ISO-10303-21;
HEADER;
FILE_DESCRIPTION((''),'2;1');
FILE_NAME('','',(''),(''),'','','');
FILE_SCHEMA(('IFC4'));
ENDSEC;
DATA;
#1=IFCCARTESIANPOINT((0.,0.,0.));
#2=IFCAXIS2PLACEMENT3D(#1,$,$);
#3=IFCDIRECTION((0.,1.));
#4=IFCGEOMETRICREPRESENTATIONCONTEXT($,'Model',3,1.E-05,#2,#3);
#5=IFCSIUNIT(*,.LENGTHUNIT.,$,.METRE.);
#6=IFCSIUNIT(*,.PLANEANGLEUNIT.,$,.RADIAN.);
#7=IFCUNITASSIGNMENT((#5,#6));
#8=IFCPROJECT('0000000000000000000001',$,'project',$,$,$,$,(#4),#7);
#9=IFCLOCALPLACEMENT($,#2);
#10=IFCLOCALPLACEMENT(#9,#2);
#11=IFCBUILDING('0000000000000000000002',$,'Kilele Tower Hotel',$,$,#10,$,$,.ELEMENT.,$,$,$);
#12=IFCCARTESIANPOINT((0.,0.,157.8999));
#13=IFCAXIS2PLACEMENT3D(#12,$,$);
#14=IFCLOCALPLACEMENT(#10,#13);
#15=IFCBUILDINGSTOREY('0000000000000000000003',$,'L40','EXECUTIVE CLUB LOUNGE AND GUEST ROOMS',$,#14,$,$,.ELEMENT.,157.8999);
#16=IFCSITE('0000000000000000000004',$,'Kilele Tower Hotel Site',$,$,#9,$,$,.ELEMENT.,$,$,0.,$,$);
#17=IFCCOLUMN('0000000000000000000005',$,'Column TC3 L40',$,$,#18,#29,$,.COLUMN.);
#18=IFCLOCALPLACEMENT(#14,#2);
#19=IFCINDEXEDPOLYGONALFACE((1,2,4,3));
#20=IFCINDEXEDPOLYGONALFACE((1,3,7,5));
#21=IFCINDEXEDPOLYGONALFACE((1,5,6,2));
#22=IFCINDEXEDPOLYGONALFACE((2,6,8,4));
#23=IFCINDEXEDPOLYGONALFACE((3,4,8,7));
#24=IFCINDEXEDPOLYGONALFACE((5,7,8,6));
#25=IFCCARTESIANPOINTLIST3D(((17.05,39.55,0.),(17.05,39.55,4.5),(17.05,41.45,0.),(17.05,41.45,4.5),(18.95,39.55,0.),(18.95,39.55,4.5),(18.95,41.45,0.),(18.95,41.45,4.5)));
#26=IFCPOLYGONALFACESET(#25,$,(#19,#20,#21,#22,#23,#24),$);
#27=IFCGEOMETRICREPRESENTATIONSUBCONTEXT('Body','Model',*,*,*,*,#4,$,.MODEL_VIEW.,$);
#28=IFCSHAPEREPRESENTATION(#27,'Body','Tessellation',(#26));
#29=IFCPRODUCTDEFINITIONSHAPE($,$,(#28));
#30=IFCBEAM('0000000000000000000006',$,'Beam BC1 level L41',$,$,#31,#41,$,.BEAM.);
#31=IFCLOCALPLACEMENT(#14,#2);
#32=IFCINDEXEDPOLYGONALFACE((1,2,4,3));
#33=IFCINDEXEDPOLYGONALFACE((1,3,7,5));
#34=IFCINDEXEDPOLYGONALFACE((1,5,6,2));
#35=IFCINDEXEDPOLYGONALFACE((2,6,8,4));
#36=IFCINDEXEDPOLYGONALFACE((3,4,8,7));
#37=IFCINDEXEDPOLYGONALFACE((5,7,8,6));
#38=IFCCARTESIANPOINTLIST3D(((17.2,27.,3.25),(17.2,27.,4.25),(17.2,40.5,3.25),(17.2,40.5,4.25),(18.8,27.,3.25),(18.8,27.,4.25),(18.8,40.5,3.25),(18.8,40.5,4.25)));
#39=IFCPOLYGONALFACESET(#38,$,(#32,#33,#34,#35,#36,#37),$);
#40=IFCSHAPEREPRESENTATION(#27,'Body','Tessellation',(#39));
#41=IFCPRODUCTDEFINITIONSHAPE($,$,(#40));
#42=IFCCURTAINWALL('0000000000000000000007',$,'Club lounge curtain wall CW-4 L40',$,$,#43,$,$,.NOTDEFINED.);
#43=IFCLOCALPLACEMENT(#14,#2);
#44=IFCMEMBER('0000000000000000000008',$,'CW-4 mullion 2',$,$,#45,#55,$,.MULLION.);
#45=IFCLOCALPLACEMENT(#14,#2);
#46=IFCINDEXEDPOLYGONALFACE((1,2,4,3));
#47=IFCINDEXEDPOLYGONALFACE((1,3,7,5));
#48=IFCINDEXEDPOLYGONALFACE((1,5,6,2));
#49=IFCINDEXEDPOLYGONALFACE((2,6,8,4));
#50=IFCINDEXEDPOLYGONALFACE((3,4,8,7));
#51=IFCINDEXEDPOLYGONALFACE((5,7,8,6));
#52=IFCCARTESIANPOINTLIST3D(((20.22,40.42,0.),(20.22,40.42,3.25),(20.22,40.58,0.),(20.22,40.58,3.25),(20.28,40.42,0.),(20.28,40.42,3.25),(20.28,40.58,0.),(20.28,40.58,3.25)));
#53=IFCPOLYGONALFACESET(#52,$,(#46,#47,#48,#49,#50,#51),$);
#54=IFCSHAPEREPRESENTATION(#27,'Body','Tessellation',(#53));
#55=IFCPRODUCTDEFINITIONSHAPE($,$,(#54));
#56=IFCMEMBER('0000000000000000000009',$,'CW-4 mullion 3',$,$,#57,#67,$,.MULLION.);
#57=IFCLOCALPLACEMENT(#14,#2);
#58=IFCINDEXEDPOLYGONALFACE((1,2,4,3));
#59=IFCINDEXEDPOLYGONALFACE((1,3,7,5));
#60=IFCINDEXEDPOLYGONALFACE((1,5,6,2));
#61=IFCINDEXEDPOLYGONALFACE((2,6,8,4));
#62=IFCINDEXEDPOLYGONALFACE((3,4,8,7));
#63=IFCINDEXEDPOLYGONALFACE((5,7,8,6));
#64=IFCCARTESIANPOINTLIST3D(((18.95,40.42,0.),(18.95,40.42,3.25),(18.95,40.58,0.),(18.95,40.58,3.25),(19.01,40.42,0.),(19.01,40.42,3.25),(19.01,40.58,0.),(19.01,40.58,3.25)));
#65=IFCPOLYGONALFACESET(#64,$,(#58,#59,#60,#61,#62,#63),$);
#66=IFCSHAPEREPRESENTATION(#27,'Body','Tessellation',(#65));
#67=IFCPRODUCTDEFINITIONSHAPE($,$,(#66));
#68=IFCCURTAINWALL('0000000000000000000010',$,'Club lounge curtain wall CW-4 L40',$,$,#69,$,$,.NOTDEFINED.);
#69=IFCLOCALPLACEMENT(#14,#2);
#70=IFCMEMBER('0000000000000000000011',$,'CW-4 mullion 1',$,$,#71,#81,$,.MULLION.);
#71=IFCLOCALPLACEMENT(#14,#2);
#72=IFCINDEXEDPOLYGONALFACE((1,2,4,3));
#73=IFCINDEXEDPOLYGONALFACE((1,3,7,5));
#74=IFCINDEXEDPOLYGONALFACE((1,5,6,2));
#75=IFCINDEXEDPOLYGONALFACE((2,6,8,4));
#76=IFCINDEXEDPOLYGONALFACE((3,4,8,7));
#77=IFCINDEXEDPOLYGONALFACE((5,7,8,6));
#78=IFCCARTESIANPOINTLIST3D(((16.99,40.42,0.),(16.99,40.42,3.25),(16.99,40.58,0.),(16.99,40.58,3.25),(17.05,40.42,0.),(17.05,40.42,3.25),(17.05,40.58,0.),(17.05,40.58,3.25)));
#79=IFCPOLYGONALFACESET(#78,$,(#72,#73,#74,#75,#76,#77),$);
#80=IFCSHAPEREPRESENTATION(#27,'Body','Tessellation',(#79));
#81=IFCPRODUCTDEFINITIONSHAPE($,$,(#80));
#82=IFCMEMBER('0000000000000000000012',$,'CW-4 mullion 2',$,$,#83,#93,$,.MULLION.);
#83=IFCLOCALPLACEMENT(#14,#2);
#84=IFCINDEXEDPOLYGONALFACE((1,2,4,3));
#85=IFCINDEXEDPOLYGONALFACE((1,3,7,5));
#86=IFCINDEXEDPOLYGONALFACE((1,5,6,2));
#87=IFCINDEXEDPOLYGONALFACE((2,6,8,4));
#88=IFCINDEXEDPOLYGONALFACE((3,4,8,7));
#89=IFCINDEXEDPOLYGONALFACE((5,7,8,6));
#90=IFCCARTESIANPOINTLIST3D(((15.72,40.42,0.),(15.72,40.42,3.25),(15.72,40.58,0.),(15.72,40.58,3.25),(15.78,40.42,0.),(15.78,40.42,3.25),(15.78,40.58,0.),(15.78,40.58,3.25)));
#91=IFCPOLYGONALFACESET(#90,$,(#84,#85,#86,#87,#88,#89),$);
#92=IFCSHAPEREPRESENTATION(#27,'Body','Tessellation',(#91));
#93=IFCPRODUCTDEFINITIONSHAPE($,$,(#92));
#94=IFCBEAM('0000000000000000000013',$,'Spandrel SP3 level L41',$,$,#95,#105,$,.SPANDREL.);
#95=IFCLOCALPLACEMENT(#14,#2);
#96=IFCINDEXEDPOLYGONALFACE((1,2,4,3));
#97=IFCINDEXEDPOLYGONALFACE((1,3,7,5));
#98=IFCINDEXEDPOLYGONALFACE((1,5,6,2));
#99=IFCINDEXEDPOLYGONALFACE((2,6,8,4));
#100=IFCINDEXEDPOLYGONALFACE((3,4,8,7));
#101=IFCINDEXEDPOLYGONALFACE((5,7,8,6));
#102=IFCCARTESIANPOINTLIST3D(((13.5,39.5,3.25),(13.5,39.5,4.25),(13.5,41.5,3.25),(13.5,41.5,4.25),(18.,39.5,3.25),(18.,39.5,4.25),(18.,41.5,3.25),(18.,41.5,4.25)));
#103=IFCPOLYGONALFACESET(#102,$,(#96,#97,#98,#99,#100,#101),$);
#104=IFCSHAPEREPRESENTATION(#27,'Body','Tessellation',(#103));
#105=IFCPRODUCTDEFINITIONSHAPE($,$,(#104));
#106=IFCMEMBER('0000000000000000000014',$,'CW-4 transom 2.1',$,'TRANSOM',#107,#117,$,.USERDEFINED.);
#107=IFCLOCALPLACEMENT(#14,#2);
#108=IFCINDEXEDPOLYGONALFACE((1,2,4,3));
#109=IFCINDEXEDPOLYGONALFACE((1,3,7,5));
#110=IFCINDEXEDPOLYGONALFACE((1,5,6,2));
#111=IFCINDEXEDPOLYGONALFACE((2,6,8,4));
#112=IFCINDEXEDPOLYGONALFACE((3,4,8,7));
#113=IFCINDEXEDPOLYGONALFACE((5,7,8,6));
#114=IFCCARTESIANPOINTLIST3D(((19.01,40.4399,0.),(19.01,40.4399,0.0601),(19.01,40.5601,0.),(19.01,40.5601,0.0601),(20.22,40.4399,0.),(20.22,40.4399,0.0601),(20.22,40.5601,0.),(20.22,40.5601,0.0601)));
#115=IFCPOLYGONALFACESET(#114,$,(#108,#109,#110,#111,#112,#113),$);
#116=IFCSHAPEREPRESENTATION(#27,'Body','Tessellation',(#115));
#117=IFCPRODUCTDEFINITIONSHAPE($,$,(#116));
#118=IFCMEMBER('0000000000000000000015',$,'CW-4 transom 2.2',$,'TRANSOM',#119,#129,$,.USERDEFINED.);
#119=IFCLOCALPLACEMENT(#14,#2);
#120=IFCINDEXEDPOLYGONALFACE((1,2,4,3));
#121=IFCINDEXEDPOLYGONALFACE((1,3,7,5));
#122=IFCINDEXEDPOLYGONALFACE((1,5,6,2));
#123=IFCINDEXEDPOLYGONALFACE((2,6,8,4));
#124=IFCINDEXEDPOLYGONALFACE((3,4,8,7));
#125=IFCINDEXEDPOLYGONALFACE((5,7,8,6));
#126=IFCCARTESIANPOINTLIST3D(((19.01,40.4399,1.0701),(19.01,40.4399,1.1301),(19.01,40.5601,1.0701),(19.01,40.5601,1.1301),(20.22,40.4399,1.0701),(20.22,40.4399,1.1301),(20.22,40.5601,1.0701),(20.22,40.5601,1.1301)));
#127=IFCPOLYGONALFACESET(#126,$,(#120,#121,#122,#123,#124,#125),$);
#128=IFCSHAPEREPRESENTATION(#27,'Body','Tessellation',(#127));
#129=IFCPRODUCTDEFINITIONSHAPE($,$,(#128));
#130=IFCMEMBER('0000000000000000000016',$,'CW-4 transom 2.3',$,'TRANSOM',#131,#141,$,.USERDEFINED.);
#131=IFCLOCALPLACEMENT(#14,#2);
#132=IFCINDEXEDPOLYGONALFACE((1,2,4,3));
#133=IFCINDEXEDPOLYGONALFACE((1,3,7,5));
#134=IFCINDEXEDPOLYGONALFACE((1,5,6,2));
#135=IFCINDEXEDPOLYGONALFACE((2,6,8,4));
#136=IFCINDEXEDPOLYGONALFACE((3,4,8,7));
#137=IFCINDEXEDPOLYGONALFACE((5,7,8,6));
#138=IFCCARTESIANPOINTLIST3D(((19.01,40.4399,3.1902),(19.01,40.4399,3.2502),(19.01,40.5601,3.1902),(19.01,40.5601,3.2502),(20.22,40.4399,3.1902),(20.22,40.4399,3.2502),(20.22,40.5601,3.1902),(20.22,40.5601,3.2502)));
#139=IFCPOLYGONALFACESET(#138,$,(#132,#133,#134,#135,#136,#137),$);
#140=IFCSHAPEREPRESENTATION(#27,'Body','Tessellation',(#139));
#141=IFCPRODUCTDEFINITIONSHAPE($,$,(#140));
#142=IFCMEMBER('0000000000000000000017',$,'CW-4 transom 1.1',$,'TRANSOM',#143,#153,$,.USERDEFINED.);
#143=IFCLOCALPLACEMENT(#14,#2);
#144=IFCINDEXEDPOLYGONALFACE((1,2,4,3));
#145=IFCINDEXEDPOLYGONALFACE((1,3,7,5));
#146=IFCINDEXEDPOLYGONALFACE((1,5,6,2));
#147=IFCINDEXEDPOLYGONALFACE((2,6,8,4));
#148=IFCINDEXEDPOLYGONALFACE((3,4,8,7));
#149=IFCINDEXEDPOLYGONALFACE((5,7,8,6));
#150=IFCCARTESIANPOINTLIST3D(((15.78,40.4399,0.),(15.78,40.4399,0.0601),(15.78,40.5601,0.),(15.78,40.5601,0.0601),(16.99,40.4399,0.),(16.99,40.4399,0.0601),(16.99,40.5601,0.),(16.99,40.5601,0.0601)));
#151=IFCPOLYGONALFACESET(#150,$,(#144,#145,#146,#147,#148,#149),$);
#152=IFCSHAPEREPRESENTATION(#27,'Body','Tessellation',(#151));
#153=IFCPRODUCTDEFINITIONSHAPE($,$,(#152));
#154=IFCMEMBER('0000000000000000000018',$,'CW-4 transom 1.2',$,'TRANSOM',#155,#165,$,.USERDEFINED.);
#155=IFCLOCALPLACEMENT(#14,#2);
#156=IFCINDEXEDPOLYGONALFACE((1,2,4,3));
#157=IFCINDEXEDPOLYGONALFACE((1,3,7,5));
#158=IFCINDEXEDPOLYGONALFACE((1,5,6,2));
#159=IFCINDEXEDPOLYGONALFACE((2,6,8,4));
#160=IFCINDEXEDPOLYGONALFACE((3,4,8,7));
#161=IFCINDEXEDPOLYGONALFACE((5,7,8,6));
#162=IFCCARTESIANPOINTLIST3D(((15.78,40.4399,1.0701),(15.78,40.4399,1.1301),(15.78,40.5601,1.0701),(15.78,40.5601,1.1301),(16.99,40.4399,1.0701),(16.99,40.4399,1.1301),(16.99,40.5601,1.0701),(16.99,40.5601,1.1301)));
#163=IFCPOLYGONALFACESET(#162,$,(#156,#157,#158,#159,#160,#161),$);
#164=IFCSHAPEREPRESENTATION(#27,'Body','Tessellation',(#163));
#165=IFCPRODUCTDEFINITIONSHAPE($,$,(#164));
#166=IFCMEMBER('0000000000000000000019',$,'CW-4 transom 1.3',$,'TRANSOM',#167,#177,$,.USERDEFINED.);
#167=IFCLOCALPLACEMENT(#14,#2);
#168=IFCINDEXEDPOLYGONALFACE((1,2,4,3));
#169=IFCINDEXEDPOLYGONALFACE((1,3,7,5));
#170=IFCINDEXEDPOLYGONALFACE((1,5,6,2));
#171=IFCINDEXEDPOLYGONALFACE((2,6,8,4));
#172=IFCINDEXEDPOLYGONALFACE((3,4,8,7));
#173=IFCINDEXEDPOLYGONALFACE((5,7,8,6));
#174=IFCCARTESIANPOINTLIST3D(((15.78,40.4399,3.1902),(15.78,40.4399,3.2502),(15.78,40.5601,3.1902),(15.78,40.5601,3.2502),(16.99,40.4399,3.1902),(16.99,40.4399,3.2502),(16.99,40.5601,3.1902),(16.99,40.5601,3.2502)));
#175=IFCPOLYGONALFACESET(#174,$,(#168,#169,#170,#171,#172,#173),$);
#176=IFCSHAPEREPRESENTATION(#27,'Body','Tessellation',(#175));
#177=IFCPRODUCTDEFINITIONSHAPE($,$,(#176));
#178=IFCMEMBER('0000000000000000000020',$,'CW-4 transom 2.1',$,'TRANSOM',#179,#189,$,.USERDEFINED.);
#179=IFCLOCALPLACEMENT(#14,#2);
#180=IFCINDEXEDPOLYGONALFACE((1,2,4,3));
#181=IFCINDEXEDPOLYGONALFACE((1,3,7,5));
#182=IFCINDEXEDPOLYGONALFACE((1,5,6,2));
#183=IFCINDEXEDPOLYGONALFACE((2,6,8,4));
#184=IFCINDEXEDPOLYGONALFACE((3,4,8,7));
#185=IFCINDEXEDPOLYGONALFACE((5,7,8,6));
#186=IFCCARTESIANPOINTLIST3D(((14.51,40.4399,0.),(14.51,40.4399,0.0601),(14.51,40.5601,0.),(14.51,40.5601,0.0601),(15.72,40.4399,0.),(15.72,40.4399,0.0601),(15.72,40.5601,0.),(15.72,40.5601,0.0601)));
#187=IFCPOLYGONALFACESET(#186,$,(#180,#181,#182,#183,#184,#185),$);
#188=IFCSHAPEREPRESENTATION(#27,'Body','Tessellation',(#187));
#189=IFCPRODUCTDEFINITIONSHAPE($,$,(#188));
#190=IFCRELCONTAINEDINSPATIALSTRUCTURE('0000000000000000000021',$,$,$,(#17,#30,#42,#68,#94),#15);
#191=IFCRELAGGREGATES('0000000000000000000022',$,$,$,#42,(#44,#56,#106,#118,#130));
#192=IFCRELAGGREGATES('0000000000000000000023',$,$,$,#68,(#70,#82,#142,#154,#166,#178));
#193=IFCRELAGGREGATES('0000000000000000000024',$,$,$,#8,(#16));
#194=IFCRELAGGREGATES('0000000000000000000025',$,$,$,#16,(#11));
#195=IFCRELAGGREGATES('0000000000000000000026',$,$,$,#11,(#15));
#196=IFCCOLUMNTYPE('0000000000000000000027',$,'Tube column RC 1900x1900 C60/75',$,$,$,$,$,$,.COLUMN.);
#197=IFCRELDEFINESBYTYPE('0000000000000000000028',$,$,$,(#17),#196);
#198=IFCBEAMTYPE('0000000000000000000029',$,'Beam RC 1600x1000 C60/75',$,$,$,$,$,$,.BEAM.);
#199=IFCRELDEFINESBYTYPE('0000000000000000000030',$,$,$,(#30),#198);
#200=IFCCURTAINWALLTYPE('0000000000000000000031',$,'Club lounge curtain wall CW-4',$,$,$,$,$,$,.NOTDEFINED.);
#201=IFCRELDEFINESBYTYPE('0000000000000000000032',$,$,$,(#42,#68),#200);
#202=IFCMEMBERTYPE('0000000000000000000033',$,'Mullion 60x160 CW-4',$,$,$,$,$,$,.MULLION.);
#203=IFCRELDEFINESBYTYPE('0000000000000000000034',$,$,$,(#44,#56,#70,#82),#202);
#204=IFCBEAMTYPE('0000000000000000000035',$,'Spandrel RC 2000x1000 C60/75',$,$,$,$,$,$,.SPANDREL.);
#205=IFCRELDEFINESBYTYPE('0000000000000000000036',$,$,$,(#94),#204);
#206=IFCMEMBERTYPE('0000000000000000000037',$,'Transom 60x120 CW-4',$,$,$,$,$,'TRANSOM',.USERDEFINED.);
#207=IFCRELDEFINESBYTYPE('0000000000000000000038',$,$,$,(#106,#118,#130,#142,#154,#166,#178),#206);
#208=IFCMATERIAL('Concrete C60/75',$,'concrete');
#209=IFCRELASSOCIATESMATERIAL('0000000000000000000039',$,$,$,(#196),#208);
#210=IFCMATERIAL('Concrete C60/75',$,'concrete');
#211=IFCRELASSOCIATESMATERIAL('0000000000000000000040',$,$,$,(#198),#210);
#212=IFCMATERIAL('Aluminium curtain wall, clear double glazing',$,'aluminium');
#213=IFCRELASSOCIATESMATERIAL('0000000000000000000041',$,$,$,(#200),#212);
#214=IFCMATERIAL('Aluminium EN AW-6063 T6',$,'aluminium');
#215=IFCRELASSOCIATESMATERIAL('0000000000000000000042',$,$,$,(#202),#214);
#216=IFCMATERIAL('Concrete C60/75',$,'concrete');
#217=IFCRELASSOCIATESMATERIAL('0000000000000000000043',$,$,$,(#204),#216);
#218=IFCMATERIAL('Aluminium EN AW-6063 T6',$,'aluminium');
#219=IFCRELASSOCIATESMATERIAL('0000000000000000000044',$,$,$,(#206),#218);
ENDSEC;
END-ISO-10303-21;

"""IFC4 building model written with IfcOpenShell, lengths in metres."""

from ifc_helpers import new_model, si_unit, direction, frame, origin, origin_2d, place, context, subcontext, project, spatial, rectangle, extrude, material, material_profile, profile_set, type_object, element, aggregate, save


model = new_model("IFC4")

# Units and contexts
model_context = context("Model", 3, precision=1e-05, world=origin(), true_north=direction((0.0, 1.0)))
body_context = subcontext(model_context, "Body", "Model", "MODEL_VIEW")
ifc_project = project(units=[si_unit("LENGTHUNIT", "METRE"), si_unit("PLANEANGLEUNIT", "RADIAN")], contexts=[model_context])

# Site, building, storey
site_placement = place(None, origin())
site = spatial("IfcSite", under=ifc_project, at=site_placement, Name="Kilele Tower Hotel Site", CompositionType="ELEMENT", RefElevation=0.0)
building_placement = place(site_placement, origin())
building = spatial("IfcBuilding", under=site, at=building_placement, Name="Kilele Tower Hotel", CompositionType="ELEMENT")
storey_placement = place(building_placement, frame((0.0, 0.0, 157.8999)))
storey = spatial("IfcBuildingStorey", under=building, at=storey_placement, Name="L40", Description="EXECUTIVE CLUB LOUNGE AND GUEST ROOMS", CompositionType="ELEMENT", Elevation=157.8999)

# Column
ifc_material_1 = material(Name="Concrete C60/75", Category="concrete")
ifc_material_profile_1 = material_profile(ifc_material_1, rectangle(XDim=1.8999, YDim=1.8999, at=origin_2d()))
ifc_profile_set_1 = profile_set([ifc_material_profile_1], Name="Concrete C60/75")
column_type = type_object("IfcColumnType", Name="Tube column RC 1900x1900 C60/75", PredefinedType="COLUMN", material=ifc_profile_set_1)
column_placement = place(storey_placement, frame((18.0, 40.5, 0.0), z_axis=(0.0, 0.0, 1.0), x_axis=(1.0, 0.0, 0.0)))
element("IfcColumn", 1, at=column_placement, inside=storey, type_object=column_type, Name="Column TC3 L40", PredefinedType="COLUMN", context=body_context, shape_type="SweptSolid", body=[
    extrude(rectangle(XDim=1.8999, YDim=1.8999, at=origin_2d()), origin(), (0.0, 0.0, 1.0), 4.5),
])

# Beam
ifc_material_2 = material(Name="Concrete C60/75", Category="concrete")
ifc_material_profile_2 = material_profile(ifc_material_2, rectangle(XDim=1.6001, YDim=1.0, at=origin_2d()))
ifc_profile_set_2 = profile_set([ifc_material_profile_2], Name="Concrete C60/75")
beam_type_1 = type_object("IfcBeamType", Name="Beam RC 1600x1000 C60/75", PredefinedType="BEAM", material=ifc_profile_set_2)
beam_1_placement = place(storey_placement, frame((18.0, 40.5, 3.75), z_axis=(0.0, -1.0, 0.0), x_axis=(1.0, 0.0, 0.0)))
element("IfcBeam", 2, at=beam_1_placement, inside=storey, type_object=beam_type_1, Name="Beam BC1 level L41", PredefinedType="BEAM", context=body_context, shape_type="SweptSolid", body=[
    extrude(rectangle(XDim=1.6001, YDim=1.0, at=origin_2d()), origin(), (0.0, 0.0, 1.0), 13.5),
])

# Curtain walls, members
ifc_material_3 = material(Name="Aluminium curtain wall, clear double glazing", Category="aluminium")
curtain_wall_type = type_object("IfcCurtainWallType", Name="Club lounge curtain wall CW-4", PredefinedType="NOTDEFINED", material=ifc_material_3)
curtain_wall_1_placement = place(storey_placement, origin())
curtain_wall_1 = element("IfcCurtainWall", 3, at=curtain_wall_1_placement, inside=storey, type_object=curtain_wall_type, Name="Club lounge curtain wall CW-4 L40", PredefinedType="NOTDEFINED")
ifc_material_4 = material(Name="Aluminium EN AW-6063 T6", Category="aluminium")
ifc_material_profile_3 = material_profile(ifc_material_4, rectangle(XDim=0.1599, YDim=0.0601, at=origin_2d()))
ifc_profile_set_3 = profile_set([ifc_material_profile_3], Name="Aluminium EN AW-6063 T6")
member_type_1 = type_object("IfcMemberType", Name="Mullion 60x160 CW-4", PredefinedType="MULLION", material=ifc_profile_set_3)
member_1_placement = place(storey_placement, frame((20.25, 40.5, 0.0), z_axis=(0.0, 0.0, 1.0), x_axis=(0.0, -1.0, 0.0)))
member_1 = element("IfcMember", 4, at=member_1_placement, type_object=member_type_1, Name="CW-4 mullion 2", PredefinedType="MULLION", context=body_context, shape_type="SweptSolid", body=[
    extrude(rectangle(XDim=0.1599, YDim=0.0601, at=origin_2d()), origin(), (0.0, 0.0, 1.0), 3.25),
])
member_2_placement = place(storey_placement, frame((18.98, 40.5, 0.0), z_axis=(0.0, 0.0, 1.0), x_axis=(0.0, -1.0, 0.0)))
member_2 = element("IfcMember", 5, at=member_2_placement, type_object=member_type_1, Name="CW-4 mullion 3", PredefinedType="MULLION", context=body_context, shape_type="SweptSolid", body=[
    extrude(rectangle(XDim=0.1599, YDim=0.0601, at=origin_2d()), origin(), (0.0, 0.0, 1.0), 3.25),
])
curtain_wall_2_placement = place(storey_placement, origin())
curtain_wall_2 = element("IfcCurtainWall", 6, at=curtain_wall_2_placement, inside=storey, type_object=curtain_wall_type, Name="Club lounge curtain wall CW-4 L40", PredefinedType="NOTDEFINED")
member_3_placement = place(storey_placement, frame((17.02, 40.5, 0.0), z_axis=(0.0, 0.0, 1.0), x_axis=(0.0, -1.0, 0.0)))
member_3 = element("IfcMember", 7, at=member_3_placement, type_object=member_type_1, Name="CW-4 mullion 1", PredefinedType="MULLION", context=body_context, shape_type="SweptSolid", body=[
    extrude(rectangle(XDim=0.1599, YDim=0.0601, at=origin_2d()), origin(), (0.0, 0.0, 1.0), 3.25),
])
member_4_placement = place(storey_placement, frame((15.75, 40.5, 0.0), z_axis=(0.0, 0.0, 1.0), x_axis=(0.0, -1.0, 0.0)))
member_4 = element("IfcMember", 8, at=member_4_placement, type_object=member_type_1, Name="CW-4 mullion 2", PredefinedType="MULLION", context=body_context, shape_type="SweptSolid", body=[
    extrude(rectangle(XDim=0.1599, YDim=0.0601, at=origin_2d()), origin(), (0.0, 0.0, 1.0), 3.25),
])

# Beam
ifc_material_5 = material(Name="Concrete C60/75", Category="concrete")
ifc_material_profile_4 = material_profile(ifc_material_5, rectangle(XDim=2.0, YDim=1.0, at=origin_2d()))
ifc_profile_set_4 = profile_set([ifc_material_profile_4], Name="Concrete C60/75")
beam_type_2 = type_object("IfcBeamType", Name="Spandrel RC 2000x1000 C60/75", PredefinedType="SPANDREL", material=ifc_profile_set_4)
beam_2_placement = place(storey_placement, frame((18.0, 40.5, 3.75), z_axis=(-1.0, 0.0, 0.0), x_axis=(0.0, -1.0, 0.0)))
element("IfcBeam", 9, at=beam_2_placement, inside=storey, type_object=beam_type_2, Name="Spandrel SP3 level L41", PredefinedType="SPANDREL", context=body_context, shape_type="SweptSolid", body=[
    extrude(rectangle(XDim=2.0, YDim=1.0, at=origin_2d()), origin(), (0.0, 0.0, 1.0), 4.5),
])

# Members
ifc_material_6 = material(Name="Aluminium EN AW-6063 T6", Category="aluminium")
ifc_material_profile_5 = material_profile(ifc_material_6, rectangle(XDim=0.1201, YDim=0.0601, at=origin_2d()))
ifc_profile_set_5 = profile_set([ifc_material_profile_5], Name="Aluminium EN AW-6063 T6")
member_type_2 = type_object("IfcMemberType", Name="Transom 60x120 CW-4", ElementType="TRANSOM", PredefinedType="USERDEFINED", material=ifc_profile_set_5)
member_5_placement = place(storey_placement, frame((20.22, 40.5, 0.03), z_axis=(-1.0, 0.0, 0.0), x_axis=(0.0, -1.0, 0.0)))
member_5 = element("IfcMember", 10, at=member_5_placement, type_object=member_type_2, Name="CW-4 transom 2.1", ObjectType="TRANSOM", PredefinedType="USERDEFINED", context=body_context, shape_type="SweptSolid", body=[
    extrude(rectangle(XDim=0.1201, YDim=0.0601, at=origin_2d()), origin(), (0.0, 0.0, 1.0), 1.21),
])
member_6_placement = place(storey_placement, frame((20.22, 40.5, 1.1001), z_axis=(-1.0, 0.0, 0.0), x_axis=(0.0, -1.0, 0.0)))
member_6 = element("IfcMember", 11, at=member_6_placement, type_object=member_type_2, Name="CW-4 transom 2.2", ObjectType="TRANSOM", PredefinedType="USERDEFINED", context=body_context, shape_type="SweptSolid", body=[
    extrude(rectangle(XDim=0.1201, YDim=0.0601, at=origin_2d()), origin(), (0.0, 0.0, 1.0), 1.21),
])
member_7_placement = place(storey_placement, frame((20.22, 40.5, 3.2202), z_axis=(-1.0, 0.0, 0.0), x_axis=(0.0, -1.0, 0.0)))
member_7 = element("IfcMember", 12, at=member_7_placement, type_object=member_type_2, Name="CW-4 transom 2.3", ObjectType="TRANSOM", PredefinedType="USERDEFINED", context=body_context, shape_type="SweptSolid", body=[
    extrude(rectangle(XDim=0.1201, YDim=0.0601, at=origin_2d()), origin(), (0.0, 0.0, 1.0), 1.21),
])
member_8_placement = place(storey_placement, frame((16.99, 40.5, 0.03), z_axis=(-1.0, 0.0, 0.0), x_axis=(0.0, -1.0, 0.0)))
member_8 = element("IfcMember", 13, at=member_8_placement, type_object=member_type_2, Name="CW-4 transom 1.1", ObjectType="TRANSOM", PredefinedType="USERDEFINED", context=body_context, shape_type="SweptSolid", body=[
    extrude(rectangle(XDim=0.1201, YDim=0.0601, at=origin_2d()), origin(), (0.0, 0.0, 1.0), 1.21),
])
member_9_placement = place(storey_placement, frame((16.99, 40.5, 1.1001), z_axis=(-1.0, 0.0, 0.0), x_axis=(0.0, -1.0, 0.0)))
member_9 = element("IfcMember", 14, at=member_9_placement, type_object=member_type_2, Name="CW-4 transom 1.2", ObjectType="TRANSOM", PredefinedType="USERDEFINED", context=body_context, shape_type="SweptSolid", body=[
    extrude(rectangle(XDim=0.1201, YDim=0.0601, at=origin_2d()), origin(), (0.0, 0.0, 1.0), 1.21),
])
member_10_placement = place(storey_placement, frame((16.99, 40.5, 3.2202), z_axis=(-1.0, 0.0, 0.0), x_axis=(0.0, -1.0, 0.0)))
member_10 = element("IfcMember", 15, at=member_10_placement, type_object=member_type_2, Name="CW-4 transom 1.3", ObjectType="TRANSOM", PredefinedType="USERDEFINED", context=body_context, shape_type="SweptSolid", body=[
    extrude(rectangle(XDim=0.1201, YDim=0.0601, at=origin_2d()), origin(), (0.0, 0.0, 1.0), 1.21),
])
member_11_placement = place(storey_placement, frame((15.72, 40.5, 0.03), z_axis=(-1.0, 0.0, 0.0), x_axis=(0.0, -1.0, 0.0)))
member_11 = element("IfcMember", 16, at=member_11_placement, type_object=member_type_2, Name="CW-4 transom 2.1", ObjectType="TRANSOM", PredefinedType="USERDEFINED", context=body_context, shape_type="SweptSolid", body=[
    extrude(rectangle(XDim=0.1201, YDim=0.0601, at=origin_2d()), origin(), (0.0, 0.0, 1.0), 1.21),
])

aggregate(curtain_wall_1, [member_1, member_2, member_5, member_6, member_7])
aggregate(curtain_wall_2, [member_3, member_4, member_8, member_9, member_10, member_11])

save(model, "model.ifc")
